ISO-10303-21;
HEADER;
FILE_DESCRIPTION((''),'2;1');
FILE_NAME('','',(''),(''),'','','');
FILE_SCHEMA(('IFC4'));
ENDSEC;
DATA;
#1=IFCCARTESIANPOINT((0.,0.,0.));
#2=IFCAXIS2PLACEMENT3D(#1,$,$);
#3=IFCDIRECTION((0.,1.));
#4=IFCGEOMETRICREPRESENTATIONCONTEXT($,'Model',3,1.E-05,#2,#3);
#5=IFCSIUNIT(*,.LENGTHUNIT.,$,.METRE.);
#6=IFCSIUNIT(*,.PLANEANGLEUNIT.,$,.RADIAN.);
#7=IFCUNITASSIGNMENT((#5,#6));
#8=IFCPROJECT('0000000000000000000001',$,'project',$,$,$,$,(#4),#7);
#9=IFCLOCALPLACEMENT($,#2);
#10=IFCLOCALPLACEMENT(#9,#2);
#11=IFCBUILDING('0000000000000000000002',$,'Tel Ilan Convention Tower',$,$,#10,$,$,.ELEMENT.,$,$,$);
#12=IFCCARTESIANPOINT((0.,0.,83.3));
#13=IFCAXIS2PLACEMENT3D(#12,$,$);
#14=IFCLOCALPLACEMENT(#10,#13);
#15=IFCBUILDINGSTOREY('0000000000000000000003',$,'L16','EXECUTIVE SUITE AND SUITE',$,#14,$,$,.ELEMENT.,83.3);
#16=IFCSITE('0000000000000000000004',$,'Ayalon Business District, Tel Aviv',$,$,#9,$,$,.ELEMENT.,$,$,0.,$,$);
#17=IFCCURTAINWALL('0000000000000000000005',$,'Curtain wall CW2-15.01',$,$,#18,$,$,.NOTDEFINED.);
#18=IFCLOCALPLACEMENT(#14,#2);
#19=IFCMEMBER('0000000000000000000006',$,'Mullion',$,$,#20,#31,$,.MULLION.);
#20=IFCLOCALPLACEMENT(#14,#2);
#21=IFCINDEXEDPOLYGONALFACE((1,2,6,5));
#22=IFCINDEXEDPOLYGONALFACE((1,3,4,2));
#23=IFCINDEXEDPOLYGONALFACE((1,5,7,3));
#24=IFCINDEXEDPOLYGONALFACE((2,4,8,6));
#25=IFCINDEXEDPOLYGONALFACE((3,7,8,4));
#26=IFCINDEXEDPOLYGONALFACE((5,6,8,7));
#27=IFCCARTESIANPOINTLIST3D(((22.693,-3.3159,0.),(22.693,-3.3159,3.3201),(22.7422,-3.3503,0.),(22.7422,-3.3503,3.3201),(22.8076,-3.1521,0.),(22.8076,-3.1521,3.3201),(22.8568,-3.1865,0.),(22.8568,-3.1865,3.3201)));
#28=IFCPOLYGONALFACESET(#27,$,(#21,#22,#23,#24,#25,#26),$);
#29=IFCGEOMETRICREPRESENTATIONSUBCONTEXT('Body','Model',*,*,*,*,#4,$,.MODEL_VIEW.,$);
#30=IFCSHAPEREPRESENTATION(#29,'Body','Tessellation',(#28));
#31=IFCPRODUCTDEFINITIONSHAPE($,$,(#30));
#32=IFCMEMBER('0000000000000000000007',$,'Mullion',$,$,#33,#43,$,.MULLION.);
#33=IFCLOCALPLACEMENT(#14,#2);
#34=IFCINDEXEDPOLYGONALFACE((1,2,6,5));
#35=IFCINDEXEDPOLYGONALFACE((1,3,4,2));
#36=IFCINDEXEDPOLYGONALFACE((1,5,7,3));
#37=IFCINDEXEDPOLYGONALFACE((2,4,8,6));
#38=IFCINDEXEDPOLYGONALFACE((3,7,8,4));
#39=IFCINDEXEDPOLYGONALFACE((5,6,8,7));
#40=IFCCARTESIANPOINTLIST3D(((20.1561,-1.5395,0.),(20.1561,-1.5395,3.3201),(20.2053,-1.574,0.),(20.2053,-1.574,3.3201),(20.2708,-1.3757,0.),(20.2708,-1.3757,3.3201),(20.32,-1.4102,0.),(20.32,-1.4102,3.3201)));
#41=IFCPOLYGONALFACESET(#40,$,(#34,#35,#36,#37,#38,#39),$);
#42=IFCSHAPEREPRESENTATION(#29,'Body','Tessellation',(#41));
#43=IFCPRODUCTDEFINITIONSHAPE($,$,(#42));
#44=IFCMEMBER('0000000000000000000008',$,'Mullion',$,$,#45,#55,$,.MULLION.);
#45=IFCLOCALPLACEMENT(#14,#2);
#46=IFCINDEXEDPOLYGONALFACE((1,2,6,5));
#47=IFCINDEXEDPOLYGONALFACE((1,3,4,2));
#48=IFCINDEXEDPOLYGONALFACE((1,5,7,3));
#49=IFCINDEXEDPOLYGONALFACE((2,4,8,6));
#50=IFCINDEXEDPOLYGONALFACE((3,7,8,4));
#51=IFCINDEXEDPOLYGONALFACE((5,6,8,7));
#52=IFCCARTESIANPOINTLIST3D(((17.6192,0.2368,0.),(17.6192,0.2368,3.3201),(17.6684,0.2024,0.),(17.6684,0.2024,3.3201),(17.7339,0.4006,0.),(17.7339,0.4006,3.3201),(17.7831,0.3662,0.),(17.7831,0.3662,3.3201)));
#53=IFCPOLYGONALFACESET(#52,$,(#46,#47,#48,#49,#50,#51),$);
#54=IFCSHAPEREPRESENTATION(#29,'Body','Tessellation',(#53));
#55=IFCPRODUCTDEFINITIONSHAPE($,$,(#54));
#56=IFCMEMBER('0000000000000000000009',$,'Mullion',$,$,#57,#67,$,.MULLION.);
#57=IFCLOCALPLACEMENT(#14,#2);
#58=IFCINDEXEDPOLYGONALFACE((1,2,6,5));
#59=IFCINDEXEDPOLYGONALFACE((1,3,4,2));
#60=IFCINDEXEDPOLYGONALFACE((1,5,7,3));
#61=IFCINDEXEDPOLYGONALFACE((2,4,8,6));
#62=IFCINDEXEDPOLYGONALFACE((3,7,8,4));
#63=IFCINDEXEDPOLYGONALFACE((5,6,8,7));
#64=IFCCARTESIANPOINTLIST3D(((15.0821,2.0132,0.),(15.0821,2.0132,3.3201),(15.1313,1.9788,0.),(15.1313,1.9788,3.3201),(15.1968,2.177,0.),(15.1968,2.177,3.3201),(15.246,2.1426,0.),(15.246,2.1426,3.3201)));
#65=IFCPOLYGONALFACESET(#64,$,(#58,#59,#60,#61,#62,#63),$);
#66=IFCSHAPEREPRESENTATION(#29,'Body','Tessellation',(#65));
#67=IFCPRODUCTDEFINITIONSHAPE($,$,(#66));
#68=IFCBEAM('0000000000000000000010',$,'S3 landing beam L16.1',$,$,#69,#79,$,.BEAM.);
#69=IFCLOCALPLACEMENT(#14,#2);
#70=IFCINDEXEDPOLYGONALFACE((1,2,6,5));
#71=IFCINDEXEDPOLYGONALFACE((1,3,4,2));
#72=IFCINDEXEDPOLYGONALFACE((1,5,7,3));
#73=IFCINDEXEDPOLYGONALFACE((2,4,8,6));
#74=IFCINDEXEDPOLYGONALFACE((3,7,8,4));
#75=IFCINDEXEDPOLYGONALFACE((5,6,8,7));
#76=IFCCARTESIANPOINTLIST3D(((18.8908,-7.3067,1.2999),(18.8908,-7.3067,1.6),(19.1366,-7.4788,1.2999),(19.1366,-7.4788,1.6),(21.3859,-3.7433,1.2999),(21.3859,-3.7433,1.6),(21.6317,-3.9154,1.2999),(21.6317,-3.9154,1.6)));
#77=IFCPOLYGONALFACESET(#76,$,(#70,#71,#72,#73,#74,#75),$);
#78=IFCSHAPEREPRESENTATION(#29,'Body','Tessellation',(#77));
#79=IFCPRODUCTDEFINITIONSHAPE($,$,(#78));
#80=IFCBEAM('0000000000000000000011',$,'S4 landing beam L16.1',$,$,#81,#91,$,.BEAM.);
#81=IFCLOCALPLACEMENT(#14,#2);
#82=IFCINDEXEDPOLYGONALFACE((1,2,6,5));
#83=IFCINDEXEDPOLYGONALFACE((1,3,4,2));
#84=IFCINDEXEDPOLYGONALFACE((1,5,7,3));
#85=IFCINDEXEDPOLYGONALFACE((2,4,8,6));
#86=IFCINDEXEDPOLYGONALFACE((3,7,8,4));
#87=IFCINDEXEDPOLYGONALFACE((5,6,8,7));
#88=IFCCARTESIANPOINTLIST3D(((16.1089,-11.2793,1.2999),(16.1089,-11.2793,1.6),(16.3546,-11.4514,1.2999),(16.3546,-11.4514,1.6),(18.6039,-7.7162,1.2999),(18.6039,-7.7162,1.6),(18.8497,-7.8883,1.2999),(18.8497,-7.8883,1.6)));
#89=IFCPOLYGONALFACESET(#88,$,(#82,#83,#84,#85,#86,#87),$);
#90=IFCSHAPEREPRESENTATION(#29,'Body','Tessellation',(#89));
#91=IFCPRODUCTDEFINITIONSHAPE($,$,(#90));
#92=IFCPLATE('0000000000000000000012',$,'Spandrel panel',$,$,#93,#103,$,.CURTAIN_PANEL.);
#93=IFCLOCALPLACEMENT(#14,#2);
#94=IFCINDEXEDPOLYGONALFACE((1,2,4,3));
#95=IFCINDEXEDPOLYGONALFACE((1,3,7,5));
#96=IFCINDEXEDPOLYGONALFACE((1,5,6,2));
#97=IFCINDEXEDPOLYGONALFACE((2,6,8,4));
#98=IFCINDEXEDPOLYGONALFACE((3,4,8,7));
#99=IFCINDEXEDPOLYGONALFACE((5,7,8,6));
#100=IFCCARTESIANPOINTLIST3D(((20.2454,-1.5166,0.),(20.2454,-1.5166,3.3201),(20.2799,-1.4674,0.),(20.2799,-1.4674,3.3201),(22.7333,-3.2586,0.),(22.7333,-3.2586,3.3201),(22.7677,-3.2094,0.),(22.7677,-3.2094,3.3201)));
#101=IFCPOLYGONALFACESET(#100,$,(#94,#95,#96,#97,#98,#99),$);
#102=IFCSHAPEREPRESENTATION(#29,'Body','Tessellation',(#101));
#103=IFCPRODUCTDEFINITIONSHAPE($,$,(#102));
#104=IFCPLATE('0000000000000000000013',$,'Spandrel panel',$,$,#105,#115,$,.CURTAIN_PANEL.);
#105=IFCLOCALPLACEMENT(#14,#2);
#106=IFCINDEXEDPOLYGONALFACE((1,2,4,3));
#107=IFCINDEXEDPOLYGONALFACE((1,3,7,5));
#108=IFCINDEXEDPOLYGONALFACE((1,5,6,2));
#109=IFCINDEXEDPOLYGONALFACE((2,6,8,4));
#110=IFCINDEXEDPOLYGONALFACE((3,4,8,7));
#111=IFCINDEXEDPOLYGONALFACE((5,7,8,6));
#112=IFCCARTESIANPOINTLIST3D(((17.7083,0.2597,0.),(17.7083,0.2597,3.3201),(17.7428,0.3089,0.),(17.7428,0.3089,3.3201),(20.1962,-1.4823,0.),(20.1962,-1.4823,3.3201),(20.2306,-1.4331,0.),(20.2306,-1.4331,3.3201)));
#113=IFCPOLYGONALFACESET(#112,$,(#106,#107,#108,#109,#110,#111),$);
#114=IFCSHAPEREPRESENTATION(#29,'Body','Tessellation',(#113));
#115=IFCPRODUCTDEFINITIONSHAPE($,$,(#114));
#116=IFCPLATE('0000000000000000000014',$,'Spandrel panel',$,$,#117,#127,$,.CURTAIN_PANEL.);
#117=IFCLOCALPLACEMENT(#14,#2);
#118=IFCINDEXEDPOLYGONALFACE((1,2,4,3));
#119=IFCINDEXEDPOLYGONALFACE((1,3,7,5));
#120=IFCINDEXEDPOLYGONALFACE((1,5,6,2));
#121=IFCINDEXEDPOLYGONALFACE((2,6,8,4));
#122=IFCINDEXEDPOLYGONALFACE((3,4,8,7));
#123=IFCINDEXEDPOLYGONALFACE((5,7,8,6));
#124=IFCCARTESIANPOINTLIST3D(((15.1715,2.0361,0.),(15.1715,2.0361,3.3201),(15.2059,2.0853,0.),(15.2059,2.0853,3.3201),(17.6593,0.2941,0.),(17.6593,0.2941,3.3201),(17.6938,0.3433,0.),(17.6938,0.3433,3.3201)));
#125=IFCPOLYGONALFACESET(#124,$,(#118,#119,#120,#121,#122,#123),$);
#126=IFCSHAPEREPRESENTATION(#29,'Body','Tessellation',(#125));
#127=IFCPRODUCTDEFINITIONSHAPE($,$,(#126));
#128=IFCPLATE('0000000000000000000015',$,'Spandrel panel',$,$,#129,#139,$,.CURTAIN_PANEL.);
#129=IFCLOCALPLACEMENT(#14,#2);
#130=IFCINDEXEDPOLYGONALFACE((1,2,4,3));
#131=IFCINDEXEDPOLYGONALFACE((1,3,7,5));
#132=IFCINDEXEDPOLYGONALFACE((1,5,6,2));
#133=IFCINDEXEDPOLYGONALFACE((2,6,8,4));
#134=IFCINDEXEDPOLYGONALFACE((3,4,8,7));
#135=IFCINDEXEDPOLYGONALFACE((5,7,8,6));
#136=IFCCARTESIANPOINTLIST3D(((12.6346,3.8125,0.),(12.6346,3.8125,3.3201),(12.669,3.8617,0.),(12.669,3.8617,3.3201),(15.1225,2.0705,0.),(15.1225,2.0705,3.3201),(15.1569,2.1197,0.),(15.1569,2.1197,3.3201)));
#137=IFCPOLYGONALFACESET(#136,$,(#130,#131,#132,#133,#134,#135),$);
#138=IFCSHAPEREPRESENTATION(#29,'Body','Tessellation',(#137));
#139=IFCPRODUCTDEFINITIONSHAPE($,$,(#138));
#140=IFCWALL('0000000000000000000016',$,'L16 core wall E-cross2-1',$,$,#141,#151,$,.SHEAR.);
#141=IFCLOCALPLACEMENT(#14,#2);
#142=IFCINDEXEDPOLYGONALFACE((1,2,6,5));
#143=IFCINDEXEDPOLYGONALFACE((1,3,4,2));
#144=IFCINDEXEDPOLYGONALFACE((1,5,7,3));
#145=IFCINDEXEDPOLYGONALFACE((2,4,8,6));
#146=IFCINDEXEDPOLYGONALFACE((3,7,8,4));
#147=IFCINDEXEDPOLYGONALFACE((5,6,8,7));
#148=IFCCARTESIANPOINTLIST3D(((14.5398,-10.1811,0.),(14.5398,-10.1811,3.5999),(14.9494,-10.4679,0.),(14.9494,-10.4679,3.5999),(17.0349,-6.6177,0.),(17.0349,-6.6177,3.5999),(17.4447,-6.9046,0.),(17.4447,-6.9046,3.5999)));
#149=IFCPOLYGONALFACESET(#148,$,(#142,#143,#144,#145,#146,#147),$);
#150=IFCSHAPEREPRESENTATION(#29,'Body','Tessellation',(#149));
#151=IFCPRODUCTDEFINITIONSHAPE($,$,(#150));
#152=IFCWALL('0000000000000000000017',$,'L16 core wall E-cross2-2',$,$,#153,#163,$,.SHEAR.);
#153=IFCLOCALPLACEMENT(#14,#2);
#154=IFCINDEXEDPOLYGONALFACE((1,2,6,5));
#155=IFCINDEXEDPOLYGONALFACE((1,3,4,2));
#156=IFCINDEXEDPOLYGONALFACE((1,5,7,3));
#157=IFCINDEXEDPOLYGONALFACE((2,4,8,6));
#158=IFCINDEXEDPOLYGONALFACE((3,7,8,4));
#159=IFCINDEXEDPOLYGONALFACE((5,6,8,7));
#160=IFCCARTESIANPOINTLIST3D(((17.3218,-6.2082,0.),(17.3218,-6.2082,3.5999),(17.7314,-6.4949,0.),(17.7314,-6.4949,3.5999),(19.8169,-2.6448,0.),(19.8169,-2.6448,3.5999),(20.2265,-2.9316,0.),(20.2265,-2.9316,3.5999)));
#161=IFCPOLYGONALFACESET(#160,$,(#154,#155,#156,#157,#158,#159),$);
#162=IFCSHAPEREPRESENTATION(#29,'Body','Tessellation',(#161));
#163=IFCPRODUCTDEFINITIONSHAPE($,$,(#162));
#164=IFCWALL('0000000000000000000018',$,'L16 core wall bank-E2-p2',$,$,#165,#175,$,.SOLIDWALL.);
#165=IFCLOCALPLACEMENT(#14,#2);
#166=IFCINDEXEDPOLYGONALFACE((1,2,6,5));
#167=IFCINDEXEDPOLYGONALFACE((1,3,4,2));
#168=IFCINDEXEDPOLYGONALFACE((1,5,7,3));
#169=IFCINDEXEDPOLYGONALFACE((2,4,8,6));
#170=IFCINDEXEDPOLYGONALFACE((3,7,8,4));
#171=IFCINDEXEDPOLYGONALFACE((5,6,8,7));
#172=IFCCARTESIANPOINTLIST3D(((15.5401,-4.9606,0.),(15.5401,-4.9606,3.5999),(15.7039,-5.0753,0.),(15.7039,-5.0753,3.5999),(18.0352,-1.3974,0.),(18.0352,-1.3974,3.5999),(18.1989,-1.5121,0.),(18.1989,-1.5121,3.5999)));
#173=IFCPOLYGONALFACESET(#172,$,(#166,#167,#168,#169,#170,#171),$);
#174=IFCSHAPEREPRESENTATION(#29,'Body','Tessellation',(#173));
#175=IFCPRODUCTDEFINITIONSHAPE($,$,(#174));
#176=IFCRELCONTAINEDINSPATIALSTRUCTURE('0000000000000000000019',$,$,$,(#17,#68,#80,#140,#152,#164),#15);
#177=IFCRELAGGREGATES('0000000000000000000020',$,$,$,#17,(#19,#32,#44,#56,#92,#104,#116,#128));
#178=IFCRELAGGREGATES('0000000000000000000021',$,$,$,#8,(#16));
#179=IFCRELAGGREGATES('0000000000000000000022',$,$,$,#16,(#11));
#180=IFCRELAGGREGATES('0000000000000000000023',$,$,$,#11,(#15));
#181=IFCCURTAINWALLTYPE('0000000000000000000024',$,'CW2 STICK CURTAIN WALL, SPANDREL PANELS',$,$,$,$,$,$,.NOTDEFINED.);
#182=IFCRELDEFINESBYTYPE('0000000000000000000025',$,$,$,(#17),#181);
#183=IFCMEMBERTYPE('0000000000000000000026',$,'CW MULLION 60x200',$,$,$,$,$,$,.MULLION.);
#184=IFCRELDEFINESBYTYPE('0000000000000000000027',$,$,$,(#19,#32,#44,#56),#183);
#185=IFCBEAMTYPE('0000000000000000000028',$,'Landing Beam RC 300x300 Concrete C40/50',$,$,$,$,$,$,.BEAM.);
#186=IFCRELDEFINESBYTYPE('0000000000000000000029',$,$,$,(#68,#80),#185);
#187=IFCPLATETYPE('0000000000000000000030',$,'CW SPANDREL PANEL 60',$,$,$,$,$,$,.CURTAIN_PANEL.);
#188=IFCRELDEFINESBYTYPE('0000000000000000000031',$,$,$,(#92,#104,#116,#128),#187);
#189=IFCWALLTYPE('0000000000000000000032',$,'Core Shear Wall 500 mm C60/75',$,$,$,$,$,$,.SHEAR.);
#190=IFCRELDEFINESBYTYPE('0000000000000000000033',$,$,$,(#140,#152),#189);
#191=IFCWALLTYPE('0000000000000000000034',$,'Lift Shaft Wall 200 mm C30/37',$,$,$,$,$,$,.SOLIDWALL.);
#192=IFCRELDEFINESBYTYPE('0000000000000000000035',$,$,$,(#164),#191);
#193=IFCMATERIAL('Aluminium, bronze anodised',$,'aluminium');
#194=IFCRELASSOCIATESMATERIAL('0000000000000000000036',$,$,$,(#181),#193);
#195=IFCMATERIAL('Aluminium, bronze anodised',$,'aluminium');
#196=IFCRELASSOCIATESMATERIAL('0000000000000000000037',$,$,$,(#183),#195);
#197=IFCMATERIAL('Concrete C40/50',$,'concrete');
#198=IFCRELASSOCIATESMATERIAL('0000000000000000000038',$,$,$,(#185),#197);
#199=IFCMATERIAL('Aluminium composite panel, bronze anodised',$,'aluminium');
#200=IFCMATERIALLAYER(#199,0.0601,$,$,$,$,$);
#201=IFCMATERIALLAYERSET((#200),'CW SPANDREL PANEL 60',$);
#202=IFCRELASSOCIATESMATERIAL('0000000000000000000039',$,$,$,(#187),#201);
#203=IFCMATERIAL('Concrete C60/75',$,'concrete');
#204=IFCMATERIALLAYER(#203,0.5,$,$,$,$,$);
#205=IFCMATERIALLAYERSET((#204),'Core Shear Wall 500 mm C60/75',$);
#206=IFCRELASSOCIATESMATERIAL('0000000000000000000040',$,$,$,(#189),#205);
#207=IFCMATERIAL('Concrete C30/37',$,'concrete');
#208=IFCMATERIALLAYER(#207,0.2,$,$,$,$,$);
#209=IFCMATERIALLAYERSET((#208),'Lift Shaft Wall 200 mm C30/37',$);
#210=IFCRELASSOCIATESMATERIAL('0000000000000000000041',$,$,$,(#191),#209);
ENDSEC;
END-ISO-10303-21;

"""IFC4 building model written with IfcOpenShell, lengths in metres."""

from ifc_helpers import new_model, si_unit, direction, frame, frame_2d, origin, origin_2d, place, context, subcontext, project, spatial, polyline, rectangle, outline, extrude, material, layer, layer_set, material_profile, profile_set, type_object, element, aggregate, save


model = new_model("IFC4")

# Units and contexts
model_context = context("Model", 3, precision=1e-05, world=origin(), true_north=direction((0.0, 1.0)))
body_context = subcontext(model_context, "Body", "Model", "MODEL_VIEW")
ifc_project = project(units=[si_unit("LENGTHUNIT", "METRE"), si_unit("PLANEANGLEUNIT", "RADIAN")], contexts=[model_context])

# Site, building, storey
site_placement = place(None, origin())
site = spatial("IfcSite", under=ifc_project, at=site_placement, Name="Ayalon Business District, Tel Aviv", CompositionType="ELEMENT", RefElevation=0.0)
building_placement = place(site_placement, origin())
building = spatial("IfcBuilding", under=site, at=building_placement, Name="Tel Ilan Convention Tower", CompositionType="ELEMENT")
storey_placement = place(building_placement, frame((0.0, 0.0, 83.3)))
storey = spatial("IfcBuildingStorey", under=building, at=storey_placement, Name="L16", Description="EXECUTIVE SUITE AND SUITE", CompositionType="ELEMENT", Elevation=83.3)

# Curtain wall, members
ifc_material_1 = material(Name="Aluminium, bronze anodised", Category="aluminium")
curtain_wall_type = type_object("IfcCurtainWallType", Name="CW2 STICK CURTAIN WALL, SPANDREL PANELS", PredefinedType="NOTDEFINED", material=ifc_material_1)
curtain_wall_placement = place(storey_placement, origin())
curtain_wall = element("IfcCurtainWall", 1, at=curtain_wall_placement, inside=storey, type_object=curtain_wall_type, Name="Curtain wall CW2-15.01", PredefinedType="NOTDEFINED")
ifc_material_2 = material(Name="Aluminium, bronze anodised", Category="aluminium")
ifc_material_profile_1 = material_profile(ifc_material_2, rectangle(XDim=0.0601, YDim=0.2, at=origin_2d()), Name="CW MULLION 60x200")
ifc_profile_set_1 = profile_set([ifc_material_profile_1], Name="Aluminium, bronze anodised")
member_type = type_object("IfcMemberType", Name="CW MULLION 60x200", PredefinedType="MULLION", material=ifc_profile_set_1)
member_1_placement = place(storey_placement, frame((22.7749, -3.2512, 0.0), z_axis=(0.0, 0.0, 1.0), x_axis=(-0.819152, 0.573576, 0.0)))
member_1 = element("IfcMember", 2, at=member_1_placement, type_object=member_type, Name="Mullion", PredefinedType="MULLION", context=body_context, shape_type="SweptSolid", body=[
    extrude(rectangle(XDim=0.0601, YDim=0.2, at=origin_2d()), origin(), (0.0, 0.0, 1.0), 3.3201),
])
member_2_placement = place(storey_placement, frame((20.238, -1.4749, 0.0), z_axis=(0.0, 0.0, 1.0), x_axis=(-0.819152, 0.573576, 0.0)))
member_2 = element("IfcMember", 3, at=member_2_placement, type_object=member_type, Name="Mullion", PredefinedType="MULLION", context=body_context, shape_type="SweptSolid", body=[
    extrude(rectangle(XDim=0.0601, YDim=0.2, at=origin_2d()), origin(), (0.0, 0.0, 1.0), 3.3201),
])
member_3_placement = place(storey_placement, frame((17.7012, 0.3015, 0.0), z_axis=(0.0, 0.0, 1.0), x_axis=(-0.819152, 0.573576, 0.0)))
member_3 = element("IfcMember", 4, at=member_3_placement, type_object=member_type, Name="Mullion", PredefinedType="MULLION", context=body_context, shape_type="SweptSolid", body=[
    extrude(rectangle(XDim=0.0601, YDim=0.2, at=origin_2d()), origin(), (0.0, 0.0, 1.0), 3.3201),
])
member_4_placement = place(storey_placement, frame((15.1641, 2.0779, 0.0), z_axis=(0.0, 0.0, 1.0), x_axis=(-0.819152, 0.573576, 0.0)))
member_4 = element("IfcMember", 5, at=member_4_placement, type_object=member_type, Name="Mullion", PredefinedType="MULLION", context=body_context, shape_type="SweptSolid", body=[
    extrude(rectangle(XDim=0.0601, YDim=0.2, at=origin_2d()), origin(), (0.0, 0.0, 1.0), 3.3201),
])

# Beams
ifc_material_3 = material(Name="Concrete C40/50", Category="concrete")
ifc_material_profile_2 = material_profile(ifc_material_3, rectangle(XDim=0.3, YDim=0.3, at=origin_2d()), Name="RC 300x300")
ifc_profile_set_2 = profile_set([ifc_material_profile_2], Name="Concrete C40/50")
beam_type = type_object("IfcBeamType", Name="Landing Beam RC 300x300 Concrete C40/50", PredefinedType="BEAM", material=ifc_profile_set_2)
beam_1_placement = place(storey_placement, frame((21.5088, -3.8293, 1.45), z_axis=(-0.573568, -0.819158, 0.0), x_axis=(0.819158, -0.573568, 0.0)))
element("IfcBeam", 6, at=beam_1_placement, inside=storey, type_object=beam_type, Name="S3 landing beam L16.1", PredefinedType="BEAM", context=body_context, shape_type="SweptSolid", body=[
    extrude(rectangle(XDim=0.3, YDim=0.3, at=origin_2d()), origin(), (0.0, 0.0, 1.0), 4.3501),
])
beam_2_placement = place(storey_placement, frame((18.7268, -7.8022, 1.45), z_axis=(-0.573594, -0.81914, 0.0), x_axis=(0.81914, -0.573594, 0.0)))
element("IfcBeam", 7, at=beam_2_placement, inside=storey, type_object=beam_type, Name="S4 landing beam L16.1", PredefinedType="BEAM", context=body_context, shape_type="SweptSolid", body=[
    extrude(rectangle(XDim=0.3, YDim=0.3, at=origin_2d()), origin(), (0.0, 0.0, 1.0), 4.3499),
])

# Plates
ifc_material_4 = material(Name="Aluminium composite panel, bronze anodised", Category="aluminium")
ifc_layer_1 = layer(ifc_material_4, 0.0601)
ifc_layer_set_1 = layer_set([ifc_layer_1], Name="CW SPANDREL PANEL 60")
plate_type = type_object("IfcPlateType", Name="CW SPANDREL PANEL 60", PredefinedType="CURTAIN_PANEL", material=ifc_layer_set_1)
plate_1_placement = place(storey_placement, frame((21.5066, -2.363, 0.0), z_axis=(0.0, 0.0, 1.0), x_axis=(-0.819152, 0.573576, 0.0)))
plate_1 = element("IfcPlate", 8, at=plate_1_placement, type_object=plate_type, Name="Spandrel panel", PredefinedType="CURTAIN_PANEL", context=body_context, shape_type="SweptSolid", body=[
    extrude(rectangle(XDim=3.0371, YDim=0.0601, at=origin_2d()), origin(), (0.0, 0.0, 1.0), 3.3201),
])
plate_2_placement = place(storey_placement, frame((18.9695, -0.5867, 0.0), z_axis=(0.0, 0.0, 1.0), x_axis=(-0.819152, 0.573576, 0.0)))
plate_2 = element("IfcPlate", 9, at=plate_2_placement, type_object=plate_type, Name="Spandrel panel", PredefinedType="CURTAIN_PANEL", context=body_context, shape_type="SweptSolid", body=[
    extrude(rectangle(XDim=3.0371, YDim=0.0601, at=origin_2d()), origin(), (0.0, 0.0, 1.0), 3.3201),
])
plate_3_placement = place(storey_placement, frame((16.4326, 1.1897, 0.0), z_axis=(0.0, 0.0, 1.0), x_axis=(-0.819152, 0.573576, 0.0)))
plate_3 = element("IfcPlate", 10, at=plate_3_placement, type_object=plate_type, Name="Spandrel panel", PredefinedType="CURTAIN_PANEL", context=body_context, shape_type="SweptSolid", body=[
    extrude(rectangle(XDim=3.0371, YDim=0.0601, at=origin_2d()), origin(), (0.0, 0.0, 1.0), 3.3201),
])
plate_4_placement = place(storey_placement, frame((13.8958, 2.9661, 0.0), z_axis=(0.0, 0.0, 1.0), x_axis=(-0.819152, 0.573576, 0.0)))
plate_4 = element("IfcPlate", 11, at=plate_4_placement, type_object=plate_type, Name="Spandrel panel", PredefinedType="CURTAIN_PANEL", context=body_context, shape_type="SweptSolid", body=[
    extrude(rectangle(XDim=3.0371, YDim=0.0601, at=origin_2d()), origin(), (0.0, 0.0, 1.0), 3.3201),
])
aggregate(curtain_wall, [member_1, member_2, member_3, member_4, plate_1, plate_2, plate_3, plate_4])

# Walls
ifc_material_5 = material(Name="Concrete C60/75", Category="concrete")
ifc_layer_2 = layer(ifc_material_5, 0.5)
ifc_layer_set_2 = layer_set([ifc_layer_2], Name="Core Shear Wall 500 mm C60/75")
wall_type_1 = type_object("IfcWallType", Name="Core Shear Wall 500 mm C60/75", PredefinedType="SHEAR", material=ifc_layer_set_2)
wall_1_placement = place(storey_placement, frame((14.7446, -10.3245, 0.0), z_axis=(0.0, 0.0, 1.0), x_axis=(0.573568, 0.819158, 0.0)))
element("IfcWall", 12, at=wall_1_placement, inside=storey, type_object=wall_type_1, Name="L16 core wall E-cross2-1", PredefinedType="SHEAR", context=body_context, shape_type="SweptSolid", body=[
    extrude(outline(polyline([(0.0, 0.25), (0.0, -0.25), (4.3501, -0.2502), (4.3501, 0.25), (0.0, 0.25)])), origin(), (0.0, 0.0, 1.0), 3.5999),
])
wall_2_placement = place(storey_placement, frame((17.5266, -6.3516, 0.0), z_axis=(0.0, 0.0, 1.0), x_axis=(0.57353, 0.819184, 0.0)))
element("IfcWall", 13, at=wall_2_placement, inside=storey, type_object=wall_type_1, Name="L16 core wall E-cross2-2", PredefinedType="SHEAR", context=body_context, shape_type="SweptSolid", body=[
    extrude(outline(polyline([(4.3501, -0.2502), (4.3501, 0.2498), (0.0, 0.25), (0.0, -0.25), (4.3501, -0.2502)])), origin(), (0.0, 0.0, 1.0), 3.5999),
])
ifc_material_6 = material(Name="Concrete C30/37", Category="concrete")
ifc_layer_3 = layer(ifc_material_6, 0.2)
ifc_layer_set_3 = layer_set([ifc_layer_3], Name="Lift Shaft Wall 200 mm C30/37")
wall_type_2 = type_object("IfcWallType", Name="Lift Shaft Wall 200 mm C30/37", PredefinedType="SOLIDWALL", material=ifc_layer_set_3)
wall_3_placement = place(storey_placement, frame((15.6221, -5.0178, 0.0), z_axis=(0.0, 0.0, 1.0), x_axis=(0.573594, 0.81914, 0.0)))
element("IfcWall", 14, at=wall_3_placement, inside=storey, type_object=wall_type_2, Name="L16 core wall bank-E2-p2", PredefinedType="SOLIDWALL", context=body_context, shape_type="SweptSolid", body=[
    extrude(rectangle(XDim=4.3499, YDim=0.2, at=frame_2d((2.1748, 0.0))), origin(), (0.0, 0.0, 1.0), 3.5999),
])

save(model, "model.ifc")
